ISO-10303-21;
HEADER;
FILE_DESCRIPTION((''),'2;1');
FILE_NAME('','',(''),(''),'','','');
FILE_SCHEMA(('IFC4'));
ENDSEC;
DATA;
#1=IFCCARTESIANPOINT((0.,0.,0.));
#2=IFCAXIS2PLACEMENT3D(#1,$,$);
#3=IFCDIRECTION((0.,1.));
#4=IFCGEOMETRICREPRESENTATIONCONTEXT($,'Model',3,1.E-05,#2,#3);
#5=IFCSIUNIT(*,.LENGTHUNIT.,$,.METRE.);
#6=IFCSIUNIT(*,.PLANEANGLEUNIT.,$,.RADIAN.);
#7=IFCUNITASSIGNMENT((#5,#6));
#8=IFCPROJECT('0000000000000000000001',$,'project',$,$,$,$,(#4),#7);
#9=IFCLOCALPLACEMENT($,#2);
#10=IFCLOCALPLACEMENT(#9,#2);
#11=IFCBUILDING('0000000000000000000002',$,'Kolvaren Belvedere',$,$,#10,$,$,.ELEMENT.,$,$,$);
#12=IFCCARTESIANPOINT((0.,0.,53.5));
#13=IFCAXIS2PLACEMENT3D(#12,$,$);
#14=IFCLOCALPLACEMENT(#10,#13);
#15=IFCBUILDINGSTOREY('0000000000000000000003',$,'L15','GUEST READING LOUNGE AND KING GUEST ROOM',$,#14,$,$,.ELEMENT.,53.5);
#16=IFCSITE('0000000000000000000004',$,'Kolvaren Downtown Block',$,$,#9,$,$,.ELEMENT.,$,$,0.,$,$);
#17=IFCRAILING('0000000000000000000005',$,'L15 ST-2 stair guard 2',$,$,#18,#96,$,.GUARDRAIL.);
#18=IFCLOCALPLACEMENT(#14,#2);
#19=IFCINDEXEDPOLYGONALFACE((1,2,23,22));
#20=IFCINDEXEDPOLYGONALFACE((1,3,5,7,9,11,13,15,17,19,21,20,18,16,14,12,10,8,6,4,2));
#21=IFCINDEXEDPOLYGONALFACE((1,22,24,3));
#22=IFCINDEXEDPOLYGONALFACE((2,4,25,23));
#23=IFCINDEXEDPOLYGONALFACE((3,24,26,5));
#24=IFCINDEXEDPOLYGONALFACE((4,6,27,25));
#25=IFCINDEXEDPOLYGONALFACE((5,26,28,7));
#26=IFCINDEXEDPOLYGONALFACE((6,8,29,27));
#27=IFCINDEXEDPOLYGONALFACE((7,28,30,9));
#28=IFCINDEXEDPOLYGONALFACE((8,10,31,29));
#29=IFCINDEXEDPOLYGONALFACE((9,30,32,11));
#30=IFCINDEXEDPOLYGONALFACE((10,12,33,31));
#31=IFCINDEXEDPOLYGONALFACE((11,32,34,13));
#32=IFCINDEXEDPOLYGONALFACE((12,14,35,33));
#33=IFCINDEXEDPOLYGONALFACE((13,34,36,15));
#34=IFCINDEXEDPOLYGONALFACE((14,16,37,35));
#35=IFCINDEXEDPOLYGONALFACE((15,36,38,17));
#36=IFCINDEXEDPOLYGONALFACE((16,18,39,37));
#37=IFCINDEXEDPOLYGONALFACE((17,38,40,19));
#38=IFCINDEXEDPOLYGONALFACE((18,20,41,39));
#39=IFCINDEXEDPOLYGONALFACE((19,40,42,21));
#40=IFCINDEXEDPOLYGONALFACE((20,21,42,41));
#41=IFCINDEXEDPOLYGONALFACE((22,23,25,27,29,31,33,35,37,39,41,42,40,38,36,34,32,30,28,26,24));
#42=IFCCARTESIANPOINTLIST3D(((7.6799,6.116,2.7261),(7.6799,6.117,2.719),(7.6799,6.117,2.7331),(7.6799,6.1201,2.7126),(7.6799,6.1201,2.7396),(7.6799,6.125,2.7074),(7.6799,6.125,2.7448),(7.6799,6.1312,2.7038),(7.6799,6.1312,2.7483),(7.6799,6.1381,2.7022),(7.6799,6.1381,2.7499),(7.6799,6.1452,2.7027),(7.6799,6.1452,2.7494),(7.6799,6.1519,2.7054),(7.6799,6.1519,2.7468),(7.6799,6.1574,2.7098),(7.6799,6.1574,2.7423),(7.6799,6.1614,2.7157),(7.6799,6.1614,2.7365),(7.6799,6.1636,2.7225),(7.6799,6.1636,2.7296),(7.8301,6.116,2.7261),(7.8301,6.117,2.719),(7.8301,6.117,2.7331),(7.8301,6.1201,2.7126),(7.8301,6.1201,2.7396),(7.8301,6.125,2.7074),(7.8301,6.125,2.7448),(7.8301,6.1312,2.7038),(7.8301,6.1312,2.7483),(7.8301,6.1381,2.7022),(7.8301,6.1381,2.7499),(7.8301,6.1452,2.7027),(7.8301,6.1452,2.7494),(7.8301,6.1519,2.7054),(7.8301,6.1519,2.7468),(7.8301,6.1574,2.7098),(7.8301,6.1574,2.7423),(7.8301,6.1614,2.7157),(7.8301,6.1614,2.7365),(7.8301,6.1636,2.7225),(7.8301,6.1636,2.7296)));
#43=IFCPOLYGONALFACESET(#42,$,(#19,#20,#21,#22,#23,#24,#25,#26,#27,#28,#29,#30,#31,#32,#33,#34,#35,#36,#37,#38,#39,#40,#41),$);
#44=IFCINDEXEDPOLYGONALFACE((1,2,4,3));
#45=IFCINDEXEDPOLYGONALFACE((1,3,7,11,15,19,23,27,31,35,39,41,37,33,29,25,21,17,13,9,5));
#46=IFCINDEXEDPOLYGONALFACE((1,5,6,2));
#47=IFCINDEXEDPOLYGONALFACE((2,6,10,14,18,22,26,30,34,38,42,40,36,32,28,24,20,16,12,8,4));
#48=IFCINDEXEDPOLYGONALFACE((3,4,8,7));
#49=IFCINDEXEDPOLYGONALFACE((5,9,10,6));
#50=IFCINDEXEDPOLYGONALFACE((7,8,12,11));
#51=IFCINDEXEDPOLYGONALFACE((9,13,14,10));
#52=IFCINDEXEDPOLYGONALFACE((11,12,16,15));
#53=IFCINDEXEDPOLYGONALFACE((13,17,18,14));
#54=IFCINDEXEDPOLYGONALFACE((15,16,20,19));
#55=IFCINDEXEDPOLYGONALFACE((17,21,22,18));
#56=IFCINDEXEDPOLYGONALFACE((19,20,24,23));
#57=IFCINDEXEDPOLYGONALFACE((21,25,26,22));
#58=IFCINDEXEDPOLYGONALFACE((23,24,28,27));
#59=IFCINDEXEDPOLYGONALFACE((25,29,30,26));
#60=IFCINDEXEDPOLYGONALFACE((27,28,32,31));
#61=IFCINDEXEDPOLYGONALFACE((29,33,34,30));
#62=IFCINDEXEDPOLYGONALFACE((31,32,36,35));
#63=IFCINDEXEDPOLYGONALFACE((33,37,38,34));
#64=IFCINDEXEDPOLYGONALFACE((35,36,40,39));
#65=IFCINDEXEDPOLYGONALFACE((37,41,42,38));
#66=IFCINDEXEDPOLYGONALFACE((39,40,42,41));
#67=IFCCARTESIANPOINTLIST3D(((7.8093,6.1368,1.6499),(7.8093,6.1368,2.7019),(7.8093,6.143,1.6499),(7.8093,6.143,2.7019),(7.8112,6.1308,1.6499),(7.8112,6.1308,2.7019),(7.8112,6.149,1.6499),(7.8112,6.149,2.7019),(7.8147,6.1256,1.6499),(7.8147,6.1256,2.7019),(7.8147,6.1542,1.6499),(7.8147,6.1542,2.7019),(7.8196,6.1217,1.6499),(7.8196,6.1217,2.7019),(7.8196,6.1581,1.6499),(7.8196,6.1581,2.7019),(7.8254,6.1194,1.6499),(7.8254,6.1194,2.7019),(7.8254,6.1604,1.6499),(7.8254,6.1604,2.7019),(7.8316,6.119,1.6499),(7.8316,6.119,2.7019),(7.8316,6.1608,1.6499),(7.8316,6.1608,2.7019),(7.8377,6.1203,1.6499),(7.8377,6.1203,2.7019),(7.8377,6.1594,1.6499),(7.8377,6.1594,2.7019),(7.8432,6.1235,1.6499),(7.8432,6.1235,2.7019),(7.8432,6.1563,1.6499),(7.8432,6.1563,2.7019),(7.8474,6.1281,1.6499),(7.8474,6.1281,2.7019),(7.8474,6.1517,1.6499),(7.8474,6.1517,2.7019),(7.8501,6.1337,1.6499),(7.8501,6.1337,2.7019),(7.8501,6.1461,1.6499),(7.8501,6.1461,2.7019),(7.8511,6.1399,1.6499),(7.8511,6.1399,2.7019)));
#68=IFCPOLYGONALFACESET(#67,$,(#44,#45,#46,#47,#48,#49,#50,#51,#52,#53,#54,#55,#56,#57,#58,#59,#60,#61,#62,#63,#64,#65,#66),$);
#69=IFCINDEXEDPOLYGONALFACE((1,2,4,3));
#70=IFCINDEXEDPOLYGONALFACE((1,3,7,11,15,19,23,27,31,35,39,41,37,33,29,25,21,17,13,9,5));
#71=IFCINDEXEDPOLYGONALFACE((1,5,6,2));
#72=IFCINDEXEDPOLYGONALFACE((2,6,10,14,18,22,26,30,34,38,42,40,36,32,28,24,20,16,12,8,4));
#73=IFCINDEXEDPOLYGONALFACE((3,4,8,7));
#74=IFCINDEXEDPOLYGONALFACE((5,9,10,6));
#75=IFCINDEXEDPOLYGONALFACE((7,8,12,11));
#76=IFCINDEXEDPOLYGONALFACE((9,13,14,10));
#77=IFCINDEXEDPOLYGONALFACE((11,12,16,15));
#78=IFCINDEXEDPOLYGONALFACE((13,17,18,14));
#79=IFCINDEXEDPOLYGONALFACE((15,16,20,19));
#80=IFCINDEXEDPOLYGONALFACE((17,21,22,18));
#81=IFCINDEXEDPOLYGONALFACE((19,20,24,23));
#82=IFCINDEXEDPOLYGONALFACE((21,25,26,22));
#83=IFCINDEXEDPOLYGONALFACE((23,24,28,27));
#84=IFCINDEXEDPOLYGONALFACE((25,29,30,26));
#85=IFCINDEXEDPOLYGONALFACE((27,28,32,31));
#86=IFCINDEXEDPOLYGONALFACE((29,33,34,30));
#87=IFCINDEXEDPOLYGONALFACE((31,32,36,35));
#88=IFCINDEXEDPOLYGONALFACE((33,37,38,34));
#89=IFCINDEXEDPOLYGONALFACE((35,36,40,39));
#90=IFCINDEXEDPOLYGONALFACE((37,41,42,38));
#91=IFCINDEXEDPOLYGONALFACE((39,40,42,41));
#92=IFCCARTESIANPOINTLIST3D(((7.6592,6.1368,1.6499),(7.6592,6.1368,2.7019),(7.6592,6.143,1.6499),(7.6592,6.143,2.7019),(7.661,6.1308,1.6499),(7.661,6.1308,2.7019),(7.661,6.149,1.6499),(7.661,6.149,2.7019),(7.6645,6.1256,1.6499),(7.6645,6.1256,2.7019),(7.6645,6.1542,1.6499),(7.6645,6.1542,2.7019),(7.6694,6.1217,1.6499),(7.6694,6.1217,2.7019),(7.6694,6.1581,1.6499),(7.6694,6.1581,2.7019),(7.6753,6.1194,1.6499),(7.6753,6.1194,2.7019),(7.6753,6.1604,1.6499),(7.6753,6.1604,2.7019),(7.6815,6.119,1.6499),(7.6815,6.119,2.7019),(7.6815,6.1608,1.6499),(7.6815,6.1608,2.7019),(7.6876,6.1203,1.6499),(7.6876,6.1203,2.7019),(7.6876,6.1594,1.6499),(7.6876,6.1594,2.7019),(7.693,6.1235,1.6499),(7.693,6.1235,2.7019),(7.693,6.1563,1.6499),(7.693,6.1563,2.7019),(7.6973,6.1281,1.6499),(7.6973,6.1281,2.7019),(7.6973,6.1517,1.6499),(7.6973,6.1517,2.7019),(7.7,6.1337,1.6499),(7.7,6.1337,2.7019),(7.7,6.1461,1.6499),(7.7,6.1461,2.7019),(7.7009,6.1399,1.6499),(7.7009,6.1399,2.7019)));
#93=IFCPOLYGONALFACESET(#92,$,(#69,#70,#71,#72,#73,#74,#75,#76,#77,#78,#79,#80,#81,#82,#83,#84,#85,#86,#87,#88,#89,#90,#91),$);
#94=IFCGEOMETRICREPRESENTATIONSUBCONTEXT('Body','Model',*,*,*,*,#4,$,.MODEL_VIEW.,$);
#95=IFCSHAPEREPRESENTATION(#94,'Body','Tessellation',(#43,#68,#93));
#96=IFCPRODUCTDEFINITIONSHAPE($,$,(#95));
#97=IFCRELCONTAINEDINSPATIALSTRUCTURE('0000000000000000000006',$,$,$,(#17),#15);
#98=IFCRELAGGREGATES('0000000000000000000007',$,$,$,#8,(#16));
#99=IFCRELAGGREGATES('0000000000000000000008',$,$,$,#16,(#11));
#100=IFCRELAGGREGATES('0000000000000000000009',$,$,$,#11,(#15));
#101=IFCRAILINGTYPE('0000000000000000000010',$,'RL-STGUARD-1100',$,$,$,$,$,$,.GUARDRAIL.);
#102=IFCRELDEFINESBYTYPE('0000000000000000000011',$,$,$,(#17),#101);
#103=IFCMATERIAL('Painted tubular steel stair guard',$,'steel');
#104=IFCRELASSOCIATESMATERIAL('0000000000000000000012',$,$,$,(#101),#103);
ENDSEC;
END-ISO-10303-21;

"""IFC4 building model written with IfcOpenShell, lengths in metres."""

from ifc_helpers import new_model, si_unit, direction, frame, origin, origin_2d, place, context, subcontext, project, spatial, circle, extrude, material, type_object, element, save


model = new_model("IFC4")

# Units and contexts
model_context = context("Model", 3, precision=1e-05, world=origin(), true_north=direction((0.0, 1.0)))
body_context = subcontext(model_context, "Body", "Model", "MODEL_VIEW")
ifc_project = project(units=[si_unit("LENGTHUNIT", "METRE"), si_unit("PLANEANGLEUNIT", "RADIAN")], contexts=[model_context])

# Site, building, storey
site_placement = place(None, origin())
site = spatial("IfcSite", under=ifc_project, at=site_placement, Name="Kolvaren Downtown Block", CompositionType="ELEMENT", RefElevation=0.0)
building_placement = place(site_placement, origin())
building = spatial("IfcBuilding", under=site, at=building_placement, Name="Kolvaren Belvedere", CompositionType="ELEMENT")
storey_placement = place(building_placement, frame((0.0, 0.0, 53.5)))
storey = spatial("IfcBuildingStorey", under=building, at=storey_placement, Name="L15", Description="GUEST READING LOUNGE AND KING GUEST ROOM", CompositionType="ELEMENT", Elevation=53.5)

# Railing
ifc_material_1 = material(Name="Painted tubular steel stair guard", Category="steel")
railing_type_1 = type_object("IfcRailingType", Name="RL-STGUARD-1100", PredefinedType="GUARDRAIL", material=ifc_material_1)
railing_1_placement = place(storey_placement, frame((7.8301, 6.1399, 1.6499)))
element("IfcRailing", 1, at=railing_1_placement, inside=storey, type_object=railing_type_1, Name="L15 ST-2 stair guard 2", PredefinedType="GUARDRAIL", context=body_context, shape_type="SweptSolid", body=[
    extrude(circle(Radius=0.0239, at=origin_2d()), frame((0.0, 0.0, 1.0762), z_axis=(-1.0, 0.0, 0.0), x_axis=(0.0, -1.0, 0.0)), (0.0, 0.0, 1.0), 0.1501),
    extrude(circle(Radius=0.021, at=origin_2d()), origin(), (0.0, 0.0, 1.0), 1.052),
    extrude(circle(Radius=0.021, at=origin_2d()), frame((-0.1501, 0.0, 0.0)), (0.0, 0.0, 1.0), 1.052),
])

save(model, "model.ifc")
